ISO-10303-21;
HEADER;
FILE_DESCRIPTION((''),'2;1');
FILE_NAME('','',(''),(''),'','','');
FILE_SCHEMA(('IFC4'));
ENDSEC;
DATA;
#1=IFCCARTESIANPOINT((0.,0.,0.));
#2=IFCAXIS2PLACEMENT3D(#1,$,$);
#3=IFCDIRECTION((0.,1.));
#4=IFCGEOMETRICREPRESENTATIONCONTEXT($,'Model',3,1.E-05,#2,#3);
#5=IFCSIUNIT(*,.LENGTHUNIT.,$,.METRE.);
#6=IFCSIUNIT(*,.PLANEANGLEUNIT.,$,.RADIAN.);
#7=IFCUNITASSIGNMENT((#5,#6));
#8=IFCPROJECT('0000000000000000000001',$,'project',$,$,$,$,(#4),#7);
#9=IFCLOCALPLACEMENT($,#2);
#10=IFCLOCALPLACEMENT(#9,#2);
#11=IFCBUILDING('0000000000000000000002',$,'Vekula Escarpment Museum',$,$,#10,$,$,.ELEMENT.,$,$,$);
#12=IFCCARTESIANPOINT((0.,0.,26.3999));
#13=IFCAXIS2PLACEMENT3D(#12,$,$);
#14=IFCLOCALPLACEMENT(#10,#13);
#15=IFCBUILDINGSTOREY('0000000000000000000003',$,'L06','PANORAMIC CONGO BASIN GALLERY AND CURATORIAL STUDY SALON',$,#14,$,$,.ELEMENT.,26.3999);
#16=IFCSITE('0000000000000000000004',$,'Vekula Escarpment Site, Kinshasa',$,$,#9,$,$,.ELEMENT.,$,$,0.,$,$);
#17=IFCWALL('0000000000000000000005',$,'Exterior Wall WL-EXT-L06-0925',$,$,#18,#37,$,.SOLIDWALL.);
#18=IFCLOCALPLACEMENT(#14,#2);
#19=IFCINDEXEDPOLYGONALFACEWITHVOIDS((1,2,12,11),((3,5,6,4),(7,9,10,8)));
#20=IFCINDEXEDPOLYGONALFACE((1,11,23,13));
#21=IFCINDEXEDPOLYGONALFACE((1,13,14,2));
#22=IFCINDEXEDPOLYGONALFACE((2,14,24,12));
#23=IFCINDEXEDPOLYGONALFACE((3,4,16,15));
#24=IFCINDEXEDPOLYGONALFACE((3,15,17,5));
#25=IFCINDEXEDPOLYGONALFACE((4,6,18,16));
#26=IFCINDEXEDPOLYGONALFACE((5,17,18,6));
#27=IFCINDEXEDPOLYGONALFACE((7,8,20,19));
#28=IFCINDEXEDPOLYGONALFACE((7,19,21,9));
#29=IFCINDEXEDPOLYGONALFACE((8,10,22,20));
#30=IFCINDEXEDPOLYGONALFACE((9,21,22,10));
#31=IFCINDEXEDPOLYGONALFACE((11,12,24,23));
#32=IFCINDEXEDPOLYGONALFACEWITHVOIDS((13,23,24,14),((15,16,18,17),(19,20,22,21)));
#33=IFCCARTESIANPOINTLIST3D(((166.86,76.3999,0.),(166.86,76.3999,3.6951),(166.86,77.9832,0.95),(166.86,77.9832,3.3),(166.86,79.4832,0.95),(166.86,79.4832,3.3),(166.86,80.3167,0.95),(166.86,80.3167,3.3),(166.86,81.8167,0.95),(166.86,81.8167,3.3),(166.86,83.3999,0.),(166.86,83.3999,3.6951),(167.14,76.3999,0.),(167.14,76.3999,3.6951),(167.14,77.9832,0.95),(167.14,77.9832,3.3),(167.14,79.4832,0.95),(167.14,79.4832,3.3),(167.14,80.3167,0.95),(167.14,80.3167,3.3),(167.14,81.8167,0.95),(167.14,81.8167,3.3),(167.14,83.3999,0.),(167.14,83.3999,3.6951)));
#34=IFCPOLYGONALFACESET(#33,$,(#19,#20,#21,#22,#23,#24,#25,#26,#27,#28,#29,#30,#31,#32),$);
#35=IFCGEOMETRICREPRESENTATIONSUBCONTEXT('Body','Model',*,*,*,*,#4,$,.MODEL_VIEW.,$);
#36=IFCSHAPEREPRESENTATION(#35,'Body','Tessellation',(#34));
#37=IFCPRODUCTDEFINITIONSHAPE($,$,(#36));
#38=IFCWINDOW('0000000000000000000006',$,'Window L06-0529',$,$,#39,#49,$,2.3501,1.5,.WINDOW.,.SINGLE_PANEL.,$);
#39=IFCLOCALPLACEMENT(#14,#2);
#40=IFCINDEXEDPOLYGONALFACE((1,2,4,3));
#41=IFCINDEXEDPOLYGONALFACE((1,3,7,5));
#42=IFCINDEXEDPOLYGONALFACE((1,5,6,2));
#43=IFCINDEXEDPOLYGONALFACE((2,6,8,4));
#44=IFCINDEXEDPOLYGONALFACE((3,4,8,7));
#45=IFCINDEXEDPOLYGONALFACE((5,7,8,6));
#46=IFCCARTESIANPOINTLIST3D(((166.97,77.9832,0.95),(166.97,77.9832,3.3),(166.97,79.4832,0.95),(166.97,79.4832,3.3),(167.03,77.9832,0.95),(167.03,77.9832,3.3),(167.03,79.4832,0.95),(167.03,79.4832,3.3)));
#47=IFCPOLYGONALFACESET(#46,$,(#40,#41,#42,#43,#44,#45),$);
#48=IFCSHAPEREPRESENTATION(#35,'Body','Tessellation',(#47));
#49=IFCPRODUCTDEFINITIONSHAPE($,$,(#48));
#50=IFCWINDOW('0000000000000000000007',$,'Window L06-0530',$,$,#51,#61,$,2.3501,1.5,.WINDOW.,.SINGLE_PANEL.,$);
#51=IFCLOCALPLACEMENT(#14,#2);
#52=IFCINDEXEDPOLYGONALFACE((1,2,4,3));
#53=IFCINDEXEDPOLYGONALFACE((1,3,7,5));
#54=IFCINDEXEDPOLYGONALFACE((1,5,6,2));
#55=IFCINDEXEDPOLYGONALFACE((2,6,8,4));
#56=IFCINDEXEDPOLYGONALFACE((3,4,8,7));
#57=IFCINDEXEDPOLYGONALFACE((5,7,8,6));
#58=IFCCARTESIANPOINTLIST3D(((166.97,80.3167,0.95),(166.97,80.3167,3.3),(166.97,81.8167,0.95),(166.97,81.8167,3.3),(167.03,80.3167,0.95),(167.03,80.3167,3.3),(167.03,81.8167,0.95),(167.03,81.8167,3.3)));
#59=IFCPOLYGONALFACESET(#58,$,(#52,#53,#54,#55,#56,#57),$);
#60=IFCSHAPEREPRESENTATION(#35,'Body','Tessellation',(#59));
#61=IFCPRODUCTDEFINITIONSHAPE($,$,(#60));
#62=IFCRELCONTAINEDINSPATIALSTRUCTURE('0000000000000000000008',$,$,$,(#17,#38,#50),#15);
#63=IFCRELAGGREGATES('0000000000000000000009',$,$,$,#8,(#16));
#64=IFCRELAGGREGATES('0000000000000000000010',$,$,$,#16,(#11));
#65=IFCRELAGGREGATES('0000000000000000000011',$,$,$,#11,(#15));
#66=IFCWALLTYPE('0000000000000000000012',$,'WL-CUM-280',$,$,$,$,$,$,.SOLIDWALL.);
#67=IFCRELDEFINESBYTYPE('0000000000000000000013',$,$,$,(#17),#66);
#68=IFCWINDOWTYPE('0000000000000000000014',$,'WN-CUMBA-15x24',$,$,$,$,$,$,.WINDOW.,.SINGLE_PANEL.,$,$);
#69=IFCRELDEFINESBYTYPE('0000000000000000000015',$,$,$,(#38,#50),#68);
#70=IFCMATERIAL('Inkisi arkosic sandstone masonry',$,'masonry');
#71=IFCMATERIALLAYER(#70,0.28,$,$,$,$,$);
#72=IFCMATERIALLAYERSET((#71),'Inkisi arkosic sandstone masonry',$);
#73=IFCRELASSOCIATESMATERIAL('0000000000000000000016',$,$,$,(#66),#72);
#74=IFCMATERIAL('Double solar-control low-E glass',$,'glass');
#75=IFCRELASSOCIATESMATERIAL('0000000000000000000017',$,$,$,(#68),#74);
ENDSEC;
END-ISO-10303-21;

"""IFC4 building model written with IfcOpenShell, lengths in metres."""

from ifc_helpers import new_model, si_unit, direction, frame, frame_2d, origin, place, context, subcontext, project, spatial, rectangle, extrude, material, layer, layer_set, type_object, element, fill, save


model = new_model("IFC4")

# Units and contexts
model_context = context("Model", 3, precision=1e-05, world=origin(), true_north=direction((0.0, 1.0)))
body_context = subcontext(model_context, "Body", "Model", "MODEL_VIEW")
ifc_project = project(units=[si_unit("LENGTHUNIT", "METRE"), si_unit("PLANEANGLEUNIT", "RADIAN")], contexts=[model_context])

# Site, building, storey
site_placement = place(None, origin())
site = spatial("IfcSite", under=ifc_project, at=site_placement, Name="Vekula Escarpment Site, Kinshasa", CompositionType="ELEMENT", RefElevation=0.0)
building_placement = place(site_placement, origin())
building = spatial("IfcBuilding", under=site, at=building_placement, Name="Vekula Escarpment Museum", CompositionType="ELEMENT")
storey_placement = place(building_placement, frame((0.0, 0.0, 26.3999)))
storey = spatial("IfcBuildingStorey", under=building, at=storey_placement, Name="L06", Description="PANORAMIC CONGO BASIN GALLERY AND CURATORIAL STUDY SALON", CompositionType="ELEMENT", Elevation=26.3999)

# Wall, openings, windows
ifc_material_1 = material(Name="Inkisi arkosic sandstone masonry", Category="masonry")
ifc_layer = layer(ifc_material_1, 0.28)
ifc_layer_set = layer_set([ifc_layer], Name="Inkisi arkosic sandstone masonry")
wall_type = type_object("IfcWallType", Name="WL-CUM-280", PredefinedType="SOLIDWALL", material=ifc_layer_set)
wall_1_placement = place(storey_placement, frame((167.0, 76.3999, 0.0), z_axis=(0.0, 0.0, 1.0), x_axis=(0.0, 1.0, 0.0)))
wall_1 = element("IfcWall", 1, at=wall_1_placement, inside=storey, type_object=wall_type, Name="Exterior Wall WL-EXT-L06-0925", PredefinedType="SOLIDWALL", context=body_context, shape_type="SweptSolid", body=[
    extrude(rectangle(XDim=7.0, YDim=0.28, at=frame_2d((3.5, 0.0))), origin(), (0.0, 0.0, 1.0), 3.6951),
])
opening_1_placement = place(wall_1_placement, frame((1.5833, 0.0, 0.95)))
opening_1 = element("IfcOpeningElement", 2, at=opening_1_placement, cuts=wall_1, PredefinedType="OPENING", context=body_context, shape_type="SweptSolid", body=[
    extrude(rectangle(XDim=1.5, YDim=2.3501, at=frame_2d((0.75, 1.175))), frame((0.0, 0.1499, 0.0), z_axis=(0.0, -1.0, 0.0), x_axis=(1.0, 0.0, 0.0)), (0.0, 0.0, 1.0), 0.3),
])
opening_2_placement = place(wall_1_placement, frame((3.9167, 0.0, 0.95)))
opening_2 = element("IfcOpeningElement", 3, at=opening_2_placement, cuts=wall_1, PredefinedType="OPENING", context=body_context, shape_type="SweptSolid", body=[
    extrude(rectangle(XDim=1.5, YDim=2.3501, at=frame_2d((0.75, 1.175))), frame((0.0, 0.1499, 0.0), z_axis=(0.0, -1.0, 0.0), x_axis=(1.0, 0.0, 0.0)), (0.0, 0.0, 1.0), 0.3),
])
ifc_material_2 = material(Name="Double solar-control low-E glass", Category="glass")
window_type_1 = type_object("IfcWindowType", Name="WN-CUMBA-15x24", PartitioningType="SINGLE_PANEL", PredefinedType="WINDOW", material=ifc_material_2)
window_1_placement = place(opening_1_placement, origin())
window_1 = element("IfcWindow", 4, at=window_1_placement, inside=storey, type_object=window_type_1, Name="Window L06-0529", OverallHeight=2.3501, OverallWidth=1.5, PartitioningType="SINGLE_PANEL", PredefinedType="WINDOW", context=body_context, shape_type="SweptSolid", body=[
    extrude(rectangle(XDim=1.5, YDim=2.3501, at=frame_2d((0.75, 1.175))), frame((0.0, 0.03, 0.0), z_axis=(0.0, -1.0, 0.0), x_axis=(1.0, 0.0, 0.0)), (0.0, 0.0, 1.0), 0.0601),
])
fill(opening_1, window_1)
window_2_placement = place(opening_2_placement, origin())
window_2 = element("IfcWindow", 5, at=window_2_placement, inside=storey, type_object=window_type_1, Name="Window L06-0530", OverallHeight=2.3501, OverallWidth=1.5, PartitioningType="SINGLE_PANEL", PredefinedType="WINDOW", context=body_context, shape_type="SweptSolid", body=[
    extrude(rectangle(XDim=1.5, YDim=2.3501, at=frame_2d((0.75, 1.175))), frame((0.0, 0.03, 0.0), z_axis=(0.0, -1.0, 0.0), x_axis=(1.0, 0.0, 0.0)), (0.0, 0.0, 1.0), 0.0601),
])
fill(opening_2, window_2)

save(model, "model.ifc")
